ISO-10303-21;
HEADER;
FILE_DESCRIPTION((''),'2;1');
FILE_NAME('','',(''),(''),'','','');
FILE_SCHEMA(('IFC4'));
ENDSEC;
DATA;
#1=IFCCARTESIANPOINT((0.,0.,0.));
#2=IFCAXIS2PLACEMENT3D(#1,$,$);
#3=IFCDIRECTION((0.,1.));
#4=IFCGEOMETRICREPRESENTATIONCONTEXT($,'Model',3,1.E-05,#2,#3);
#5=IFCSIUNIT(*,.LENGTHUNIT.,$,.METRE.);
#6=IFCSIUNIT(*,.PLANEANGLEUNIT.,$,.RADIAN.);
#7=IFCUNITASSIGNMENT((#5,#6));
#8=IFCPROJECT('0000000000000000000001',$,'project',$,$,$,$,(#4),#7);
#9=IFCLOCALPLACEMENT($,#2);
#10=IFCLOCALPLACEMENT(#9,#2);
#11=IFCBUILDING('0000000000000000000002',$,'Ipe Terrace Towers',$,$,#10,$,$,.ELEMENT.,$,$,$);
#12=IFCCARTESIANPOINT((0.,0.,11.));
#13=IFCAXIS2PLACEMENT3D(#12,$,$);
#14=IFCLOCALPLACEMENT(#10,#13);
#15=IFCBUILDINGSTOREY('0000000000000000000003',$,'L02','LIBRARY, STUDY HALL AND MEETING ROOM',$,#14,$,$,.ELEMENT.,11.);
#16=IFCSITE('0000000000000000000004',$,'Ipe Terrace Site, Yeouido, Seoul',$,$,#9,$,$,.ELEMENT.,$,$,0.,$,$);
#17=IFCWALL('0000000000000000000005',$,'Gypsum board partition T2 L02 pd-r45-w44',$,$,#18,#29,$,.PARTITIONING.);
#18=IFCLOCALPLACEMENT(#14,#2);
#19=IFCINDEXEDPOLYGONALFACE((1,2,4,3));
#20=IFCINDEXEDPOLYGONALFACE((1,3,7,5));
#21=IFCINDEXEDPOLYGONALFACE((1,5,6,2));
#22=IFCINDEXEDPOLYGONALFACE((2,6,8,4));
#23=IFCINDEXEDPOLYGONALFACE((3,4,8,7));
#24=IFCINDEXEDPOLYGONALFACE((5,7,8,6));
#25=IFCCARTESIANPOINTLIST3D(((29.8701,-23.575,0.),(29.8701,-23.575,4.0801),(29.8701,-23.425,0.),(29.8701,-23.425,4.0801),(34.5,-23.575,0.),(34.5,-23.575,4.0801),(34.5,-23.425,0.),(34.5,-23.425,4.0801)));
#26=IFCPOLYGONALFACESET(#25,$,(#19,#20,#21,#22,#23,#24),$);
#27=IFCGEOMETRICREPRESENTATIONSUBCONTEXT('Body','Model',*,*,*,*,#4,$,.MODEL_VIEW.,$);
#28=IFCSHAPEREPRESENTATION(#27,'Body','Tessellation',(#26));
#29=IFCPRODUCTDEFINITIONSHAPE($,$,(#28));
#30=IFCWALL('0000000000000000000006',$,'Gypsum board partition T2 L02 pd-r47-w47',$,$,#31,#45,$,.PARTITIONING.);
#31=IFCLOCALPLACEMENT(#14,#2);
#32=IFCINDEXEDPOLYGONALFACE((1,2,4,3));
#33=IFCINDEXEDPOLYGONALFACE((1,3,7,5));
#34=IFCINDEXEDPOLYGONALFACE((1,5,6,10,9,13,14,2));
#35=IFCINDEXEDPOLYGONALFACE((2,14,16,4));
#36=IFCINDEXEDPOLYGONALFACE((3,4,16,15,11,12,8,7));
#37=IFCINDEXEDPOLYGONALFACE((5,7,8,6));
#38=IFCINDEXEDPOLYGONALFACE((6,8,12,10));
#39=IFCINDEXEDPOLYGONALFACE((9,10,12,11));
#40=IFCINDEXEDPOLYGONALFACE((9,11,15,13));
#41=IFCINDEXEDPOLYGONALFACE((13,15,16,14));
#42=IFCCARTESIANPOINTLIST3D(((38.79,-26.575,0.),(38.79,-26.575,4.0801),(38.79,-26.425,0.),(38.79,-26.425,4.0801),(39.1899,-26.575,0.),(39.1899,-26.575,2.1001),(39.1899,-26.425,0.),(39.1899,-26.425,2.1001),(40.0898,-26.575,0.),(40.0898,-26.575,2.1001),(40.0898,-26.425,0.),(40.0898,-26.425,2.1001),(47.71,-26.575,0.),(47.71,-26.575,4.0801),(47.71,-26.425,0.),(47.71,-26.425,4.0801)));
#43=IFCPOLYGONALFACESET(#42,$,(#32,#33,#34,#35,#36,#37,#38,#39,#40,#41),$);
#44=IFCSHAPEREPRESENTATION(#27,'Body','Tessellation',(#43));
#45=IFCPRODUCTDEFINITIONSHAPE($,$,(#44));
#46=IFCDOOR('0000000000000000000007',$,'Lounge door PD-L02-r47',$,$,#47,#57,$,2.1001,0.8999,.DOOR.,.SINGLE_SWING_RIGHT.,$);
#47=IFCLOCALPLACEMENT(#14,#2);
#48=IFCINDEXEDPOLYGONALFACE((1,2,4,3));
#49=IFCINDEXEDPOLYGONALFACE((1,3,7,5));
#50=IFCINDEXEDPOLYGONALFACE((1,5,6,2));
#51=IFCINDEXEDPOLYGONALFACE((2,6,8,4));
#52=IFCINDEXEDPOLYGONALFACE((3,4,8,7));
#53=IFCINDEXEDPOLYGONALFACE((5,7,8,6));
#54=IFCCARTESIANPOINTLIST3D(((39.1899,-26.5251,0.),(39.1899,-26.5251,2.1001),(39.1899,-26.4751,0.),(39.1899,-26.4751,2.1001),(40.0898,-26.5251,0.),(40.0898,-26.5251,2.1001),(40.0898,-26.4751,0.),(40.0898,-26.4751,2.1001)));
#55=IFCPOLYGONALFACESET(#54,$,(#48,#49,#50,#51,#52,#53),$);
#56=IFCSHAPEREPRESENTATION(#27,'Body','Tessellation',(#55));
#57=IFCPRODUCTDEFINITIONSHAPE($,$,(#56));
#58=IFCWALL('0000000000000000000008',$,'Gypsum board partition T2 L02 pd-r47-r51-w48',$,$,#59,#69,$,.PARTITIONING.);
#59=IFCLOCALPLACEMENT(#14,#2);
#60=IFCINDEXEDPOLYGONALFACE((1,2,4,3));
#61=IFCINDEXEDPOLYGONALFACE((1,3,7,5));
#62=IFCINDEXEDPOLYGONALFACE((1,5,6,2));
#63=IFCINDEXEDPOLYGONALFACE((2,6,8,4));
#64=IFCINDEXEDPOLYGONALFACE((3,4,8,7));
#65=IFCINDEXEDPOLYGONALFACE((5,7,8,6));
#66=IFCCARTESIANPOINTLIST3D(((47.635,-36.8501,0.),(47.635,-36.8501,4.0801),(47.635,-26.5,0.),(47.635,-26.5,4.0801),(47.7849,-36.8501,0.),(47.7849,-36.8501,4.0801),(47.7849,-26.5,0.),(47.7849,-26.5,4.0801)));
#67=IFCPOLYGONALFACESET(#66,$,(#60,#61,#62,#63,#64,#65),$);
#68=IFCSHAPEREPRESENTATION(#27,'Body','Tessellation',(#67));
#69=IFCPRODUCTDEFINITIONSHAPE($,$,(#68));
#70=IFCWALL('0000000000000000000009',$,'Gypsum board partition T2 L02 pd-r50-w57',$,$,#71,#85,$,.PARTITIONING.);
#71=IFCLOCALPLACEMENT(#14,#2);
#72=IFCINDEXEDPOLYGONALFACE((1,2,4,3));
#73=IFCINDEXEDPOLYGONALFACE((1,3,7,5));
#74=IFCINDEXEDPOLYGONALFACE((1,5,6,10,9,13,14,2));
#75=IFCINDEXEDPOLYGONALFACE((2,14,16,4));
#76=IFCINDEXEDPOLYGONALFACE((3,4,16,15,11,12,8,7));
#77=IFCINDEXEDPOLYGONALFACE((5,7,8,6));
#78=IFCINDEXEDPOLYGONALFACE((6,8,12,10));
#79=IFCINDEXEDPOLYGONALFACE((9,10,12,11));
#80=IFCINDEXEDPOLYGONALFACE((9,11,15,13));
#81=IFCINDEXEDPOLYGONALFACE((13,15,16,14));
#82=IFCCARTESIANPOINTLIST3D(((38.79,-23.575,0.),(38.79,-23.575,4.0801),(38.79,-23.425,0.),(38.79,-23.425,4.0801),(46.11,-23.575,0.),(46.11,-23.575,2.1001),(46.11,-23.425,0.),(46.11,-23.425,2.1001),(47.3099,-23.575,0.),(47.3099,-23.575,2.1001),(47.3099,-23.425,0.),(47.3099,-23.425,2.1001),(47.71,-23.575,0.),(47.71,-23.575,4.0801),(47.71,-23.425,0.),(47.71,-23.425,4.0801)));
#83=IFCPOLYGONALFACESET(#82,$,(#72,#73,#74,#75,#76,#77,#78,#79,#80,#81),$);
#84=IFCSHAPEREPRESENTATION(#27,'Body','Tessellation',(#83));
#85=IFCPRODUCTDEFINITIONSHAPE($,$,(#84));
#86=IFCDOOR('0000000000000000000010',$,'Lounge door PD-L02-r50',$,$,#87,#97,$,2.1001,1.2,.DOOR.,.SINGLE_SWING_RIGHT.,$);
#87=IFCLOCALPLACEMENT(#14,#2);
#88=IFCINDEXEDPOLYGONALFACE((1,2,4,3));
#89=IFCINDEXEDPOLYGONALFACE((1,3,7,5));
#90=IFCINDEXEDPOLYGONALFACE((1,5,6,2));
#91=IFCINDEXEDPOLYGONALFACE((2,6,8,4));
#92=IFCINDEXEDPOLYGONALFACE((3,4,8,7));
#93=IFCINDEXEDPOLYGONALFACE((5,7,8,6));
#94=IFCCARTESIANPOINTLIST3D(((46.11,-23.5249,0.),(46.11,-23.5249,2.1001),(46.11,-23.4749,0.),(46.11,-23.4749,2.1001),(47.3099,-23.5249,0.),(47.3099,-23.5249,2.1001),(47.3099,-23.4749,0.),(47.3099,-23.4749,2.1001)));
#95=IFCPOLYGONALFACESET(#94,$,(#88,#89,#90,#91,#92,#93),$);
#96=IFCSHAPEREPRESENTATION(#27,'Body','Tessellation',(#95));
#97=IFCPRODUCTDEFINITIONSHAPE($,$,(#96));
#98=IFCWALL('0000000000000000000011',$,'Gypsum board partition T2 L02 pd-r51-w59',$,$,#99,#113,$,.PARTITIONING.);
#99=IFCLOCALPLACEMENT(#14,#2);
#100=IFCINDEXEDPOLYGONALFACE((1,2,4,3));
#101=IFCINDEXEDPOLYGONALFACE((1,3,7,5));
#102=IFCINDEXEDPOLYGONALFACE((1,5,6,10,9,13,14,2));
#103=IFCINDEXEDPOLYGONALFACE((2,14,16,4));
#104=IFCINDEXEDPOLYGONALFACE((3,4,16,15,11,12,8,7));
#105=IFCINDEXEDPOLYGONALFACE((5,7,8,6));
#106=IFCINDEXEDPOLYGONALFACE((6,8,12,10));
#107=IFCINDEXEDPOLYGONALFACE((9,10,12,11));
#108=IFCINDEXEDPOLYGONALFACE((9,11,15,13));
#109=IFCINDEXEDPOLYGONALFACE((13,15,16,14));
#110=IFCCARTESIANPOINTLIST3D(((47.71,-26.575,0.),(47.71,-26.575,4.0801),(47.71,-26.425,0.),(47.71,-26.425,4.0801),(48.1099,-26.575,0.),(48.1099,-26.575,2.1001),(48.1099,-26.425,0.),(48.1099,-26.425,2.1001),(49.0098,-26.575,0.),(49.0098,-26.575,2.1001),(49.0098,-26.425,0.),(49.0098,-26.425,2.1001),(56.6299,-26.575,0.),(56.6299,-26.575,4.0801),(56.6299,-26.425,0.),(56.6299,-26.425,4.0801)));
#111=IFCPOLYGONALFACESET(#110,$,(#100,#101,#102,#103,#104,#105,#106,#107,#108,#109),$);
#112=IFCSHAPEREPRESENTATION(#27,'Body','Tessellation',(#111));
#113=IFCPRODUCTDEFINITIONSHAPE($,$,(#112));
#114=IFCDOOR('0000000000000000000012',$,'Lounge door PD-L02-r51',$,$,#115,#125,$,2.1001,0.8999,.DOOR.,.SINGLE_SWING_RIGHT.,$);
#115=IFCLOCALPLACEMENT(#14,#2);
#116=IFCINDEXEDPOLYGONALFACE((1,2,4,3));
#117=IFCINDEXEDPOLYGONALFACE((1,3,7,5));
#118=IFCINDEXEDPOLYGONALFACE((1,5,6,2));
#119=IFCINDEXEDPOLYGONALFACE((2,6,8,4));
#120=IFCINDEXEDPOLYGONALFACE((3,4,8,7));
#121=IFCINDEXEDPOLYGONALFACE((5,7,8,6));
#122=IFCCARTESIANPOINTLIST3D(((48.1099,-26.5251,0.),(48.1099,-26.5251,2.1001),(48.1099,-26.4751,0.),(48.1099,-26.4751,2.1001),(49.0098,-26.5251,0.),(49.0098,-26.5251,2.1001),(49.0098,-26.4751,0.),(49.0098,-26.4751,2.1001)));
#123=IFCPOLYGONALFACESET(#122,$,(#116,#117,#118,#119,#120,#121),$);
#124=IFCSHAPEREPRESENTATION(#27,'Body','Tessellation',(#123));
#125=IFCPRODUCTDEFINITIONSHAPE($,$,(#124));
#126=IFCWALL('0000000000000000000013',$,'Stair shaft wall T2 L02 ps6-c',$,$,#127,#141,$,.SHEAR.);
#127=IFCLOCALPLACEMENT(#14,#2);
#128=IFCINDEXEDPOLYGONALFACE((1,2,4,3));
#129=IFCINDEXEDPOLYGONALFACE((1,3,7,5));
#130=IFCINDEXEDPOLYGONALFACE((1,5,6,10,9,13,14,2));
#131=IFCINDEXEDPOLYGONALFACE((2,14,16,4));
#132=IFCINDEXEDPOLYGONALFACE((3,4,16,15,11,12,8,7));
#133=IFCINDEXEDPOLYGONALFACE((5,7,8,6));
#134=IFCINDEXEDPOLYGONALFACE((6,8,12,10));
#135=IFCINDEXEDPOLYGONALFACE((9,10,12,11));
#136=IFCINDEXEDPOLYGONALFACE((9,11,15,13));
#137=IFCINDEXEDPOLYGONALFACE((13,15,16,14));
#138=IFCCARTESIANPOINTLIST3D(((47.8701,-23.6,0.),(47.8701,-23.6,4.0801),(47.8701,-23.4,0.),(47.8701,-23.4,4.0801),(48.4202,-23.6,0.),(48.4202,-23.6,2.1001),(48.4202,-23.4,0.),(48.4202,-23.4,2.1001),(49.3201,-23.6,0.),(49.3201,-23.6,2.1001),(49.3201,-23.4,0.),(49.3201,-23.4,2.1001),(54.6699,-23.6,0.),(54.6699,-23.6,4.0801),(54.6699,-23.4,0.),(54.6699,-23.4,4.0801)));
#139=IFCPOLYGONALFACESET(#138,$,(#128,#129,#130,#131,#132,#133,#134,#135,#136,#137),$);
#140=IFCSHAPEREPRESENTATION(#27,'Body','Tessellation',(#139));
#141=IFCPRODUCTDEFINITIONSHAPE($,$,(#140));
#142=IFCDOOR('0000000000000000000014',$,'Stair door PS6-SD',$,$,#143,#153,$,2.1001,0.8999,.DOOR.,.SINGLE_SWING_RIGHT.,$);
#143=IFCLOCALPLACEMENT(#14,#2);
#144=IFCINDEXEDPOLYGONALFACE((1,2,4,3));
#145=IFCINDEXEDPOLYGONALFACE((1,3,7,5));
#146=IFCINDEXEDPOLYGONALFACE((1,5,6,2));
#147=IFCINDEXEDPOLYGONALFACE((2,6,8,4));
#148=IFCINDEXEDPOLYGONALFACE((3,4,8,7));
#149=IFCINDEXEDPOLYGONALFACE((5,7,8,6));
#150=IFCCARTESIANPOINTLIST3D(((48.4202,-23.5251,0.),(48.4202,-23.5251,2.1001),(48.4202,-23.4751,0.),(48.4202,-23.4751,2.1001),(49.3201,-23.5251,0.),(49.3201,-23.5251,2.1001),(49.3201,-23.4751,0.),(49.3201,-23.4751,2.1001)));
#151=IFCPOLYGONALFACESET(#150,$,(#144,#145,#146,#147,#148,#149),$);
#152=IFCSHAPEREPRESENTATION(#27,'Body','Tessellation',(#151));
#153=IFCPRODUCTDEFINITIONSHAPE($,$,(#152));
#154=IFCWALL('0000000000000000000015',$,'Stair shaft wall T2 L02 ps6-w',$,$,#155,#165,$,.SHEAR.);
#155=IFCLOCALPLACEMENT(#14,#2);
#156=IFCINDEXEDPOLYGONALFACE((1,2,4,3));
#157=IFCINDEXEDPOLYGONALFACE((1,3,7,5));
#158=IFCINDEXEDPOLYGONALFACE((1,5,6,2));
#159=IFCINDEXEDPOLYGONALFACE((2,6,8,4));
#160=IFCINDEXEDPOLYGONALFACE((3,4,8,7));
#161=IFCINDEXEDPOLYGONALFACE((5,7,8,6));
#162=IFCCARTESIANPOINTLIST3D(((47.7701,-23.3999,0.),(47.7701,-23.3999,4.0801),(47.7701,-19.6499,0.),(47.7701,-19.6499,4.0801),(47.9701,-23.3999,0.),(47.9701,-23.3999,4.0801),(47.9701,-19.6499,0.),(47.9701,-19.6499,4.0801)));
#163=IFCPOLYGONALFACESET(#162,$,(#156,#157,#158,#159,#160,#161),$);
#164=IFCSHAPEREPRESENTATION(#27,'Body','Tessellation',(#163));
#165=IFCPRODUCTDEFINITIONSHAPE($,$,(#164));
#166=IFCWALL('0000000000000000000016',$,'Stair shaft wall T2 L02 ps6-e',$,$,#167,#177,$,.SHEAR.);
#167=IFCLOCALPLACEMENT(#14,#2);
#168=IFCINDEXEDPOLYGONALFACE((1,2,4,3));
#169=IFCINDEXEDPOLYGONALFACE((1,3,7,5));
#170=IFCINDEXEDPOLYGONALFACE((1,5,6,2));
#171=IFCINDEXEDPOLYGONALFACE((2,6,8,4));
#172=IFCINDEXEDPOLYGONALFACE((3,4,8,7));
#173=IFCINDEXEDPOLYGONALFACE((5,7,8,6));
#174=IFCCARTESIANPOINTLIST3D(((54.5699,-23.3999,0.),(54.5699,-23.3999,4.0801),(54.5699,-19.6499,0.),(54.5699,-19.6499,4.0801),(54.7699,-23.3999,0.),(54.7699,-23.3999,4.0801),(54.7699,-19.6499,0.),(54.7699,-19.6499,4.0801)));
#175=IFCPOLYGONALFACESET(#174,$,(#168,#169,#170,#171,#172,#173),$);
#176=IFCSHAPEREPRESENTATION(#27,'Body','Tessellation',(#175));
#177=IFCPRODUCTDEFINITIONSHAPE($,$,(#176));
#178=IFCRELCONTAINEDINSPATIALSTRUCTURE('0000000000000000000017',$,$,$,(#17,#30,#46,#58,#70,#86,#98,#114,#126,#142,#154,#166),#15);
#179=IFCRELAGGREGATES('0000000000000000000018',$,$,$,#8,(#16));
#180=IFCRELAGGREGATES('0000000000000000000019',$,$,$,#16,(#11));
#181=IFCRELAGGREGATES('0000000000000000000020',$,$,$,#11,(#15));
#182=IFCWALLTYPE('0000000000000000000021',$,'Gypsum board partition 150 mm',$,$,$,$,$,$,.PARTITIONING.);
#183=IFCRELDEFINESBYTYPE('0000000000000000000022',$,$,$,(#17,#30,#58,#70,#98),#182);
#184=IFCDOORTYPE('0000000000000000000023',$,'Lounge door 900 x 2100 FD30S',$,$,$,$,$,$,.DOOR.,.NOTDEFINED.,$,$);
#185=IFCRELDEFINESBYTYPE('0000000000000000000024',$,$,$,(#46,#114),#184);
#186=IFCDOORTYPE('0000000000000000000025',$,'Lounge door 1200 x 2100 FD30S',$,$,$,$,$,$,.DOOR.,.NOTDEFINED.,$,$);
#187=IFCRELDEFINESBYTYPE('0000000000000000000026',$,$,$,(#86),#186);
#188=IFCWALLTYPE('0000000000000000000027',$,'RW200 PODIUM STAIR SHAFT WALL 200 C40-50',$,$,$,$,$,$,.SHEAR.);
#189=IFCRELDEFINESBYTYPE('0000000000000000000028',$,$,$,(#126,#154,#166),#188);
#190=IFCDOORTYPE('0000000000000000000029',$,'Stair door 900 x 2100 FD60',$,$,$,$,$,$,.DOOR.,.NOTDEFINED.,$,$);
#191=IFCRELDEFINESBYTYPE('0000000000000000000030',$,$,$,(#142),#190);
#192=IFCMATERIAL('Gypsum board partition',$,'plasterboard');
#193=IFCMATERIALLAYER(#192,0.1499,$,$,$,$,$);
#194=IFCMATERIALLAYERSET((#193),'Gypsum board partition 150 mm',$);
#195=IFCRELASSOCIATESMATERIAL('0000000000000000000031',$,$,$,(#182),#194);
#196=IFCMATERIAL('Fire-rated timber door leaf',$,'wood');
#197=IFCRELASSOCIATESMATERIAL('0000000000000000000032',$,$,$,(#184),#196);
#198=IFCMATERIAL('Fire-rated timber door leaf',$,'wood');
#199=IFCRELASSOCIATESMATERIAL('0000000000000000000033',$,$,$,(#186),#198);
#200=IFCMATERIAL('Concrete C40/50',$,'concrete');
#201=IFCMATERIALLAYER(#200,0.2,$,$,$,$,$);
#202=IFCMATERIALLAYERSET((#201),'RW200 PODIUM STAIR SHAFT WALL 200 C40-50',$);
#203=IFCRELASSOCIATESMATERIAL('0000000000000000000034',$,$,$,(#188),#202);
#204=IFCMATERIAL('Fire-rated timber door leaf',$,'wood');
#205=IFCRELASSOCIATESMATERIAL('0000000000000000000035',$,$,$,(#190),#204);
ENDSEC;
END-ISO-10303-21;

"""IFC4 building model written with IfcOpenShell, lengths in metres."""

from ifc_helpers import new_model, si_unit, direction, frame, frame_2d, origin, place, context, subcontext, project, spatial, rectangle, extrude, material, layer, layer_set, type_object, element, fill, save


model = new_model("IFC4")

# Units and contexts
model_context = context("Model", 3, precision=1e-05, world=origin(), true_north=direction((0.0, 1.0)))
body_context = subcontext(model_context, "Body", "Model", "MODEL_VIEW")
ifc_project = project(units=[si_unit("LENGTHUNIT", "METRE"), si_unit("PLANEANGLEUNIT", "RADIAN")], contexts=[model_context])

# Site, building, storey
site_placement = place(None, origin())
site = spatial("IfcSite", under=ifc_project, at=site_placement, Name="Ipe Terrace Site, Yeouido, Seoul", CompositionType="ELEMENT", RefElevation=0.0)
building_placement = place(site_placement, origin())
building = spatial("IfcBuilding", under=site, at=building_placement, Name="Ipe Terrace Towers", CompositionType="ELEMENT")
storey_placement = place(building_placement, frame((0.0, 0.0, 11.0)))
storey = spatial("IfcBuildingStorey", under=building, at=storey_placement, Name="L02", Description="LIBRARY, STUDY HALL AND MEETING ROOM", CompositionType="ELEMENT", Elevation=11.0)

# Shared definitions
ifc_material_1 = material(Name="Gypsum board partition", Category="plasterboard")
ifc_layer_1 = layer(ifc_material_1, 0.1499)
ifc_layer_set_1 = layer_set([ifc_layer_1], Name="Gypsum board partition 150 mm")
wall_type_1 = type_object("IfcWallType", Name="Gypsum board partition 150 mm", PredefinedType="PARTITIONING", material=ifc_layer_set_1)
ifc_material_2 = material(Name="Fire-rated timber door leaf", Category="wood")
door_type_1 = type_object("IfcDoorType", Name="Lounge door 900 x 2100 FD30S", OperationType="NOTDEFINED", PredefinedType="DOOR", material=ifc_material_2)

# Wall
wall_1_placement = place(storey_placement, frame((34.5, -23.5, 0.0), z_axis=(0.0, 0.0, 1.0), x_axis=(-1.0, 0.0, 0.0)))
element("IfcWall", 1, at=wall_1_placement, inside=storey, type_object=wall_type_1, Name="Gypsum board partition T2 L02 pd-r45-w44", PredefinedType="PARTITIONING", context=body_context, shape_type="SweptSolid", body=[
    extrude(rectangle(XDim=4.6299, YDim=0.1499, at=frame_2d((2.3149, 0.0))), origin(), (0.0, 0.0, 1.0), 4.0801),
])

# Wall, opening, door
wall_2_placement = place(storey_placement, frame((38.79, -26.5, 0.0), z_axis=(0.0, 0.0, 1.0), x_axis=(1.0, 0.0, 0.0)))
wall_2 = element("IfcWall", 2, at=wall_2_placement, inside=storey, type_object=wall_type_1, Name="Gypsum board partition T2 L02 pd-r47-w47", PredefinedType="PARTITIONING", context=body_context, shape_type="SweptSolid", body=[
    extrude(rectangle(XDim=8.9199, YDim=0.1499, at=frame_2d((4.46, 0.0))), origin(), (0.0, 0.0, 1.0), 4.0801),
])
opening_1_placement = place(wall_2_placement, frame((0.3999, 0.0, 0.0)))
opening_1 = element("IfcOpeningElement", 3, at=opening_1_placement, cuts=wall_2, PredefinedType="OPENING", context=body_context, shape_type="SweptSolid", body=[
    extrude(rectangle(XDim=0.8999, YDim=2.1001, at=frame_2d((0.45, 1.05))), frame((0.0, 0.085, 0.0), z_axis=(0.0, -1.0, 0.0), x_axis=(1.0, 0.0, 0.0)), (0.0, 0.0, 1.0), 0.1699),
])
door_1_placement = place(opening_1_placement, origin())
door_1 = element("IfcDoor", 4, at=door_1_placement, inside=storey, type_object=door_type_1, Name="Lounge door PD-L02-r47", OperationType="SINGLE_SWING_RIGHT", OverallHeight=2.1001, OverallWidth=0.8999, PredefinedType="DOOR", context=body_context, shape_type="SweptSolid", body=[
    extrude(rectangle(XDim=0.8999, YDim=2.1001, at=frame_2d((0.45, 1.05))), frame((0.0, 0.0249, 0.0), z_axis=(0.0, -1.0, 0.0), x_axis=(1.0, 0.0, 0.0)), (0.0, 0.0, 1.0), 0.05),
])
fill(opening_1, door_1)

# Wall
wall_3_placement = place(storey_placement, frame((47.71, -26.5, 0.0), z_axis=(0.0, 0.0, 1.0), x_axis=(0.0, -1.0, 0.0)))
element("IfcWall", 5, at=wall_3_placement, inside=storey, type_object=wall_type_1, Name="Gypsum board partition T2 L02 pd-r47-r51-w48", PredefinedType="PARTITIONING", context=body_context, shape_type="SweptSolid", body=[
    extrude(rectangle(XDim=10.3501, YDim=0.1499, at=frame_2d((5.175, 0.0))), origin(), (0.0, 0.0, 1.0), 4.0801),
])

# Walls, openings, doors
wall_4_placement = place(storey_placement, frame((47.71, -23.5, 0.0), z_axis=(0.0, 0.0, 1.0), x_axis=(-1.0, 0.0, 0.0)))
wall_4 = element("IfcWall", 6, at=wall_4_placement, inside=storey, type_object=wall_type_1, Name="Gypsum board partition T2 L02 pd-r50-w57", PredefinedType="PARTITIONING", context=body_context, shape_type="SweptSolid", body=[
    extrude(rectangle(XDim=8.9199, YDim=0.1499, at=frame_2d((4.46, 0.0))), origin(), (0.0, 0.0, 1.0), 4.0801),
])
opening_2_placement = place(wall_4_placement, frame((0.3999, 0.0, 0.0)))
opening_2 = element("IfcOpeningElement", 7, at=opening_2_placement, cuts=wall_4, PredefinedType="OPENING", context=body_context, shape_type="SweptSolid", body=[
    extrude(rectangle(XDim=1.2, YDim=2.1001, at=frame_2d((0.6001, 1.05))), frame((0.0, 0.085, 0.0), z_axis=(0.0, -1.0, 0.0), x_axis=(1.0, 0.0, 0.0)), (0.0, 0.0, 1.0), 0.1699),
])
ifc_material_3 = material(Name="Fire-rated timber door leaf", Category="wood")
door_type_2 = type_object("IfcDoorType", Name="Lounge door 1200 x 2100 FD30S", OperationType="NOTDEFINED", PredefinedType="DOOR", material=ifc_material_3)
door_2_placement = place(opening_2_placement, origin())
door_2 = element("IfcDoor", 8, at=door_2_placement, inside=storey, type_object=door_type_2, Name="Lounge door PD-L02-r50", OperationType="SINGLE_SWING_RIGHT", OverallHeight=2.1001, OverallWidth=1.2, PredefinedType="DOOR", context=body_context, shape_type="SweptSolid", body=[
    extrude(rectangle(XDim=1.2, YDim=2.1001, at=frame_2d((0.6001, 1.05))), frame((0.0, 0.0249, 0.0), z_axis=(0.0, -1.0, 0.0), x_axis=(1.0, 0.0, 0.0)), (0.0, 0.0, 1.0), 0.05),
])
fill(opening_2, door_2)
wall_5_placement = place(storey_placement, frame((47.71, -26.5, 0.0), z_axis=(0.0, 0.0, 1.0), x_axis=(1.0, 0.0, 0.0)))
wall_5 = element("IfcWall", 9, at=wall_5_placement, inside=storey, type_object=wall_type_1, Name="Gypsum board partition T2 L02 pd-r51-w59", PredefinedType="PARTITIONING", context=body_context, shape_type="SweptSolid", body=[
    extrude(rectangle(XDim=8.9199, YDim=0.1499, at=frame_2d((4.46, 0.0))), origin(), (0.0, 0.0, 1.0), 4.0801),
])
opening_3_placement = place(wall_5_placement, frame((0.3999, 0.0, 0.0)))
opening_3 = element("IfcOpeningElement", 10, at=opening_3_placement, cuts=wall_5, PredefinedType="OPENING", context=body_context, shape_type="SweptSolid", body=[
    extrude(rectangle(XDim=0.8999, YDim=2.1001, at=frame_2d((0.45, 1.05))), frame((0.0, 0.085, 0.0), z_axis=(0.0, -1.0, 0.0), x_axis=(1.0, 0.0, 0.0)), (0.0, 0.0, 1.0), 0.1699),
])
door_3_placement = place(opening_3_placement, origin())
door_3 = element("IfcDoor", 11, at=door_3_placement, inside=storey, type_object=door_type_1, Name="Lounge door PD-L02-r51", OperationType="SINGLE_SWING_RIGHT", OverallHeight=2.1001, OverallWidth=0.8999, PredefinedType="DOOR", context=body_context, shape_type="SweptSolid", body=[
    extrude(rectangle(XDim=0.8999, YDim=2.1001, at=frame_2d((0.45, 1.05))), frame((0.0, 0.0249, 0.0), z_axis=(0.0, -1.0, 0.0), x_axis=(1.0, 0.0, 0.0)), (0.0, 0.0, 1.0), 0.05),
])
fill(opening_3, door_3)
ifc_material_4 = material(Name="Concrete C40/50", Category="concrete")
ifc_layer_2 = layer(ifc_material_4, 0.2)
ifc_layer_set_2 = layer_set([ifc_layer_2], Name="RW200 PODIUM STAIR SHAFT WALL 200 C40-50")
wall_type_2 = type_object("IfcWallType", Name="RW200 PODIUM STAIR SHAFT WALL 200 C40-50", PredefinedType="SHEAR", material=ifc_layer_set_2)
wall_6_placement = place(storey_placement, frame((47.8701, -23.5, 0.0), z_axis=(0.0, 0.0, 1.0), x_axis=(1.0, 0.0, 0.0)))
wall_6 = element("IfcWall", 12, at=wall_6_placement, inside=storey, type_object=wall_type_2, Name="Stair shaft wall T2 L02 ps6-c", PredefinedType="SHEAR", context=body_context, shape_type="SweptSolid", body=[
    extrude(rectangle(XDim=6.7998, YDim=0.2, at=frame_2d((3.3999, 0.0))), origin(), (0.0, 0.0, 1.0), 4.0801),
])
opening_4_placement = place(wall_6_placement, frame((0.55, 0.0, 0.0)))
opening_4 = element("IfcOpeningElement", 13, at=opening_4_placement, cuts=wall_6, PredefinedType="OPENING", context=body_context, shape_type="SweptSolid", body=[
    extrude(rectangle(XDim=0.8999, YDim=2.1001, at=frame_2d((0.45, 1.05))), frame((0.0, 0.1099, 0.0), z_axis=(0.0, -1.0, 0.0), x_axis=(1.0, 0.0, 0.0)), (0.0, 0.0, 1.0), 0.22),
])
ifc_material_5 = material(Name="Fire-rated timber door leaf", Category="wood")
door_type_3 = type_object("IfcDoorType", Name="Stair door 900 x 2100 FD60", OperationType="NOTDEFINED", PredefinedType="DOOR", material=ifc_material_5)
door_4_placement = place(opening_4_placement, origin())
door_4 = element("IfcDoor", 14, at=door_4_placement, inside=storey, type_object=door_type_3, Name="Stair door PS6-SD", OperationType="SINGLE_SWING_RIGHT", OverallHeight=2.1001, OverallWidth=0.8999, PredefinedType="DOOR", context=body_context, shape_type="SweptSolid", body=[
    extrude(rectangle(XDim=0.8999, YDim=2.1001, at=frame_2d((0.45, 1.05))), frame((0.0, 0.0249, 0.0), z_axis=(0.0, -1.0, 0.0), x_axis=(1.0, 0.0, 0.0)), (0.0, 0.0, 1.0), 0.05),
])
fill(opening_4, door_4)

# Walls
for number, where, z_axis, x_axis, name in (
    (15, (47.8701, -23.3999, 0.0), (0.0, 0.0, 1.0), (0.0, 1.0, 0.0), "Stair shaft wall T2 L02 ps6-w"),
    (16, (54.6699, -23.3999, 0.0), (0.0, 0.0, 1.0), (0.0, 1.0, 0.0), "Stair shaft wall T2 L02 ps6-e"),
):
    element("IfcWall", number, at=place(storey_placement, frame(where, z_axis=z_axis, x_axis=x_axis)), inside=storey, type_object=wall_type_2, Name=name, PredefinedType="SHEAR", context=body_context, shape_type="SweptSolid", body=[
        extrude(rectangle(XDim=3.75, YDim=0.2, at=frame_2d((1.875, 0.0))), origin(), (0.0, 0.0, 1.0), 4.0801),
    ])

save(model, "model.ifc")
